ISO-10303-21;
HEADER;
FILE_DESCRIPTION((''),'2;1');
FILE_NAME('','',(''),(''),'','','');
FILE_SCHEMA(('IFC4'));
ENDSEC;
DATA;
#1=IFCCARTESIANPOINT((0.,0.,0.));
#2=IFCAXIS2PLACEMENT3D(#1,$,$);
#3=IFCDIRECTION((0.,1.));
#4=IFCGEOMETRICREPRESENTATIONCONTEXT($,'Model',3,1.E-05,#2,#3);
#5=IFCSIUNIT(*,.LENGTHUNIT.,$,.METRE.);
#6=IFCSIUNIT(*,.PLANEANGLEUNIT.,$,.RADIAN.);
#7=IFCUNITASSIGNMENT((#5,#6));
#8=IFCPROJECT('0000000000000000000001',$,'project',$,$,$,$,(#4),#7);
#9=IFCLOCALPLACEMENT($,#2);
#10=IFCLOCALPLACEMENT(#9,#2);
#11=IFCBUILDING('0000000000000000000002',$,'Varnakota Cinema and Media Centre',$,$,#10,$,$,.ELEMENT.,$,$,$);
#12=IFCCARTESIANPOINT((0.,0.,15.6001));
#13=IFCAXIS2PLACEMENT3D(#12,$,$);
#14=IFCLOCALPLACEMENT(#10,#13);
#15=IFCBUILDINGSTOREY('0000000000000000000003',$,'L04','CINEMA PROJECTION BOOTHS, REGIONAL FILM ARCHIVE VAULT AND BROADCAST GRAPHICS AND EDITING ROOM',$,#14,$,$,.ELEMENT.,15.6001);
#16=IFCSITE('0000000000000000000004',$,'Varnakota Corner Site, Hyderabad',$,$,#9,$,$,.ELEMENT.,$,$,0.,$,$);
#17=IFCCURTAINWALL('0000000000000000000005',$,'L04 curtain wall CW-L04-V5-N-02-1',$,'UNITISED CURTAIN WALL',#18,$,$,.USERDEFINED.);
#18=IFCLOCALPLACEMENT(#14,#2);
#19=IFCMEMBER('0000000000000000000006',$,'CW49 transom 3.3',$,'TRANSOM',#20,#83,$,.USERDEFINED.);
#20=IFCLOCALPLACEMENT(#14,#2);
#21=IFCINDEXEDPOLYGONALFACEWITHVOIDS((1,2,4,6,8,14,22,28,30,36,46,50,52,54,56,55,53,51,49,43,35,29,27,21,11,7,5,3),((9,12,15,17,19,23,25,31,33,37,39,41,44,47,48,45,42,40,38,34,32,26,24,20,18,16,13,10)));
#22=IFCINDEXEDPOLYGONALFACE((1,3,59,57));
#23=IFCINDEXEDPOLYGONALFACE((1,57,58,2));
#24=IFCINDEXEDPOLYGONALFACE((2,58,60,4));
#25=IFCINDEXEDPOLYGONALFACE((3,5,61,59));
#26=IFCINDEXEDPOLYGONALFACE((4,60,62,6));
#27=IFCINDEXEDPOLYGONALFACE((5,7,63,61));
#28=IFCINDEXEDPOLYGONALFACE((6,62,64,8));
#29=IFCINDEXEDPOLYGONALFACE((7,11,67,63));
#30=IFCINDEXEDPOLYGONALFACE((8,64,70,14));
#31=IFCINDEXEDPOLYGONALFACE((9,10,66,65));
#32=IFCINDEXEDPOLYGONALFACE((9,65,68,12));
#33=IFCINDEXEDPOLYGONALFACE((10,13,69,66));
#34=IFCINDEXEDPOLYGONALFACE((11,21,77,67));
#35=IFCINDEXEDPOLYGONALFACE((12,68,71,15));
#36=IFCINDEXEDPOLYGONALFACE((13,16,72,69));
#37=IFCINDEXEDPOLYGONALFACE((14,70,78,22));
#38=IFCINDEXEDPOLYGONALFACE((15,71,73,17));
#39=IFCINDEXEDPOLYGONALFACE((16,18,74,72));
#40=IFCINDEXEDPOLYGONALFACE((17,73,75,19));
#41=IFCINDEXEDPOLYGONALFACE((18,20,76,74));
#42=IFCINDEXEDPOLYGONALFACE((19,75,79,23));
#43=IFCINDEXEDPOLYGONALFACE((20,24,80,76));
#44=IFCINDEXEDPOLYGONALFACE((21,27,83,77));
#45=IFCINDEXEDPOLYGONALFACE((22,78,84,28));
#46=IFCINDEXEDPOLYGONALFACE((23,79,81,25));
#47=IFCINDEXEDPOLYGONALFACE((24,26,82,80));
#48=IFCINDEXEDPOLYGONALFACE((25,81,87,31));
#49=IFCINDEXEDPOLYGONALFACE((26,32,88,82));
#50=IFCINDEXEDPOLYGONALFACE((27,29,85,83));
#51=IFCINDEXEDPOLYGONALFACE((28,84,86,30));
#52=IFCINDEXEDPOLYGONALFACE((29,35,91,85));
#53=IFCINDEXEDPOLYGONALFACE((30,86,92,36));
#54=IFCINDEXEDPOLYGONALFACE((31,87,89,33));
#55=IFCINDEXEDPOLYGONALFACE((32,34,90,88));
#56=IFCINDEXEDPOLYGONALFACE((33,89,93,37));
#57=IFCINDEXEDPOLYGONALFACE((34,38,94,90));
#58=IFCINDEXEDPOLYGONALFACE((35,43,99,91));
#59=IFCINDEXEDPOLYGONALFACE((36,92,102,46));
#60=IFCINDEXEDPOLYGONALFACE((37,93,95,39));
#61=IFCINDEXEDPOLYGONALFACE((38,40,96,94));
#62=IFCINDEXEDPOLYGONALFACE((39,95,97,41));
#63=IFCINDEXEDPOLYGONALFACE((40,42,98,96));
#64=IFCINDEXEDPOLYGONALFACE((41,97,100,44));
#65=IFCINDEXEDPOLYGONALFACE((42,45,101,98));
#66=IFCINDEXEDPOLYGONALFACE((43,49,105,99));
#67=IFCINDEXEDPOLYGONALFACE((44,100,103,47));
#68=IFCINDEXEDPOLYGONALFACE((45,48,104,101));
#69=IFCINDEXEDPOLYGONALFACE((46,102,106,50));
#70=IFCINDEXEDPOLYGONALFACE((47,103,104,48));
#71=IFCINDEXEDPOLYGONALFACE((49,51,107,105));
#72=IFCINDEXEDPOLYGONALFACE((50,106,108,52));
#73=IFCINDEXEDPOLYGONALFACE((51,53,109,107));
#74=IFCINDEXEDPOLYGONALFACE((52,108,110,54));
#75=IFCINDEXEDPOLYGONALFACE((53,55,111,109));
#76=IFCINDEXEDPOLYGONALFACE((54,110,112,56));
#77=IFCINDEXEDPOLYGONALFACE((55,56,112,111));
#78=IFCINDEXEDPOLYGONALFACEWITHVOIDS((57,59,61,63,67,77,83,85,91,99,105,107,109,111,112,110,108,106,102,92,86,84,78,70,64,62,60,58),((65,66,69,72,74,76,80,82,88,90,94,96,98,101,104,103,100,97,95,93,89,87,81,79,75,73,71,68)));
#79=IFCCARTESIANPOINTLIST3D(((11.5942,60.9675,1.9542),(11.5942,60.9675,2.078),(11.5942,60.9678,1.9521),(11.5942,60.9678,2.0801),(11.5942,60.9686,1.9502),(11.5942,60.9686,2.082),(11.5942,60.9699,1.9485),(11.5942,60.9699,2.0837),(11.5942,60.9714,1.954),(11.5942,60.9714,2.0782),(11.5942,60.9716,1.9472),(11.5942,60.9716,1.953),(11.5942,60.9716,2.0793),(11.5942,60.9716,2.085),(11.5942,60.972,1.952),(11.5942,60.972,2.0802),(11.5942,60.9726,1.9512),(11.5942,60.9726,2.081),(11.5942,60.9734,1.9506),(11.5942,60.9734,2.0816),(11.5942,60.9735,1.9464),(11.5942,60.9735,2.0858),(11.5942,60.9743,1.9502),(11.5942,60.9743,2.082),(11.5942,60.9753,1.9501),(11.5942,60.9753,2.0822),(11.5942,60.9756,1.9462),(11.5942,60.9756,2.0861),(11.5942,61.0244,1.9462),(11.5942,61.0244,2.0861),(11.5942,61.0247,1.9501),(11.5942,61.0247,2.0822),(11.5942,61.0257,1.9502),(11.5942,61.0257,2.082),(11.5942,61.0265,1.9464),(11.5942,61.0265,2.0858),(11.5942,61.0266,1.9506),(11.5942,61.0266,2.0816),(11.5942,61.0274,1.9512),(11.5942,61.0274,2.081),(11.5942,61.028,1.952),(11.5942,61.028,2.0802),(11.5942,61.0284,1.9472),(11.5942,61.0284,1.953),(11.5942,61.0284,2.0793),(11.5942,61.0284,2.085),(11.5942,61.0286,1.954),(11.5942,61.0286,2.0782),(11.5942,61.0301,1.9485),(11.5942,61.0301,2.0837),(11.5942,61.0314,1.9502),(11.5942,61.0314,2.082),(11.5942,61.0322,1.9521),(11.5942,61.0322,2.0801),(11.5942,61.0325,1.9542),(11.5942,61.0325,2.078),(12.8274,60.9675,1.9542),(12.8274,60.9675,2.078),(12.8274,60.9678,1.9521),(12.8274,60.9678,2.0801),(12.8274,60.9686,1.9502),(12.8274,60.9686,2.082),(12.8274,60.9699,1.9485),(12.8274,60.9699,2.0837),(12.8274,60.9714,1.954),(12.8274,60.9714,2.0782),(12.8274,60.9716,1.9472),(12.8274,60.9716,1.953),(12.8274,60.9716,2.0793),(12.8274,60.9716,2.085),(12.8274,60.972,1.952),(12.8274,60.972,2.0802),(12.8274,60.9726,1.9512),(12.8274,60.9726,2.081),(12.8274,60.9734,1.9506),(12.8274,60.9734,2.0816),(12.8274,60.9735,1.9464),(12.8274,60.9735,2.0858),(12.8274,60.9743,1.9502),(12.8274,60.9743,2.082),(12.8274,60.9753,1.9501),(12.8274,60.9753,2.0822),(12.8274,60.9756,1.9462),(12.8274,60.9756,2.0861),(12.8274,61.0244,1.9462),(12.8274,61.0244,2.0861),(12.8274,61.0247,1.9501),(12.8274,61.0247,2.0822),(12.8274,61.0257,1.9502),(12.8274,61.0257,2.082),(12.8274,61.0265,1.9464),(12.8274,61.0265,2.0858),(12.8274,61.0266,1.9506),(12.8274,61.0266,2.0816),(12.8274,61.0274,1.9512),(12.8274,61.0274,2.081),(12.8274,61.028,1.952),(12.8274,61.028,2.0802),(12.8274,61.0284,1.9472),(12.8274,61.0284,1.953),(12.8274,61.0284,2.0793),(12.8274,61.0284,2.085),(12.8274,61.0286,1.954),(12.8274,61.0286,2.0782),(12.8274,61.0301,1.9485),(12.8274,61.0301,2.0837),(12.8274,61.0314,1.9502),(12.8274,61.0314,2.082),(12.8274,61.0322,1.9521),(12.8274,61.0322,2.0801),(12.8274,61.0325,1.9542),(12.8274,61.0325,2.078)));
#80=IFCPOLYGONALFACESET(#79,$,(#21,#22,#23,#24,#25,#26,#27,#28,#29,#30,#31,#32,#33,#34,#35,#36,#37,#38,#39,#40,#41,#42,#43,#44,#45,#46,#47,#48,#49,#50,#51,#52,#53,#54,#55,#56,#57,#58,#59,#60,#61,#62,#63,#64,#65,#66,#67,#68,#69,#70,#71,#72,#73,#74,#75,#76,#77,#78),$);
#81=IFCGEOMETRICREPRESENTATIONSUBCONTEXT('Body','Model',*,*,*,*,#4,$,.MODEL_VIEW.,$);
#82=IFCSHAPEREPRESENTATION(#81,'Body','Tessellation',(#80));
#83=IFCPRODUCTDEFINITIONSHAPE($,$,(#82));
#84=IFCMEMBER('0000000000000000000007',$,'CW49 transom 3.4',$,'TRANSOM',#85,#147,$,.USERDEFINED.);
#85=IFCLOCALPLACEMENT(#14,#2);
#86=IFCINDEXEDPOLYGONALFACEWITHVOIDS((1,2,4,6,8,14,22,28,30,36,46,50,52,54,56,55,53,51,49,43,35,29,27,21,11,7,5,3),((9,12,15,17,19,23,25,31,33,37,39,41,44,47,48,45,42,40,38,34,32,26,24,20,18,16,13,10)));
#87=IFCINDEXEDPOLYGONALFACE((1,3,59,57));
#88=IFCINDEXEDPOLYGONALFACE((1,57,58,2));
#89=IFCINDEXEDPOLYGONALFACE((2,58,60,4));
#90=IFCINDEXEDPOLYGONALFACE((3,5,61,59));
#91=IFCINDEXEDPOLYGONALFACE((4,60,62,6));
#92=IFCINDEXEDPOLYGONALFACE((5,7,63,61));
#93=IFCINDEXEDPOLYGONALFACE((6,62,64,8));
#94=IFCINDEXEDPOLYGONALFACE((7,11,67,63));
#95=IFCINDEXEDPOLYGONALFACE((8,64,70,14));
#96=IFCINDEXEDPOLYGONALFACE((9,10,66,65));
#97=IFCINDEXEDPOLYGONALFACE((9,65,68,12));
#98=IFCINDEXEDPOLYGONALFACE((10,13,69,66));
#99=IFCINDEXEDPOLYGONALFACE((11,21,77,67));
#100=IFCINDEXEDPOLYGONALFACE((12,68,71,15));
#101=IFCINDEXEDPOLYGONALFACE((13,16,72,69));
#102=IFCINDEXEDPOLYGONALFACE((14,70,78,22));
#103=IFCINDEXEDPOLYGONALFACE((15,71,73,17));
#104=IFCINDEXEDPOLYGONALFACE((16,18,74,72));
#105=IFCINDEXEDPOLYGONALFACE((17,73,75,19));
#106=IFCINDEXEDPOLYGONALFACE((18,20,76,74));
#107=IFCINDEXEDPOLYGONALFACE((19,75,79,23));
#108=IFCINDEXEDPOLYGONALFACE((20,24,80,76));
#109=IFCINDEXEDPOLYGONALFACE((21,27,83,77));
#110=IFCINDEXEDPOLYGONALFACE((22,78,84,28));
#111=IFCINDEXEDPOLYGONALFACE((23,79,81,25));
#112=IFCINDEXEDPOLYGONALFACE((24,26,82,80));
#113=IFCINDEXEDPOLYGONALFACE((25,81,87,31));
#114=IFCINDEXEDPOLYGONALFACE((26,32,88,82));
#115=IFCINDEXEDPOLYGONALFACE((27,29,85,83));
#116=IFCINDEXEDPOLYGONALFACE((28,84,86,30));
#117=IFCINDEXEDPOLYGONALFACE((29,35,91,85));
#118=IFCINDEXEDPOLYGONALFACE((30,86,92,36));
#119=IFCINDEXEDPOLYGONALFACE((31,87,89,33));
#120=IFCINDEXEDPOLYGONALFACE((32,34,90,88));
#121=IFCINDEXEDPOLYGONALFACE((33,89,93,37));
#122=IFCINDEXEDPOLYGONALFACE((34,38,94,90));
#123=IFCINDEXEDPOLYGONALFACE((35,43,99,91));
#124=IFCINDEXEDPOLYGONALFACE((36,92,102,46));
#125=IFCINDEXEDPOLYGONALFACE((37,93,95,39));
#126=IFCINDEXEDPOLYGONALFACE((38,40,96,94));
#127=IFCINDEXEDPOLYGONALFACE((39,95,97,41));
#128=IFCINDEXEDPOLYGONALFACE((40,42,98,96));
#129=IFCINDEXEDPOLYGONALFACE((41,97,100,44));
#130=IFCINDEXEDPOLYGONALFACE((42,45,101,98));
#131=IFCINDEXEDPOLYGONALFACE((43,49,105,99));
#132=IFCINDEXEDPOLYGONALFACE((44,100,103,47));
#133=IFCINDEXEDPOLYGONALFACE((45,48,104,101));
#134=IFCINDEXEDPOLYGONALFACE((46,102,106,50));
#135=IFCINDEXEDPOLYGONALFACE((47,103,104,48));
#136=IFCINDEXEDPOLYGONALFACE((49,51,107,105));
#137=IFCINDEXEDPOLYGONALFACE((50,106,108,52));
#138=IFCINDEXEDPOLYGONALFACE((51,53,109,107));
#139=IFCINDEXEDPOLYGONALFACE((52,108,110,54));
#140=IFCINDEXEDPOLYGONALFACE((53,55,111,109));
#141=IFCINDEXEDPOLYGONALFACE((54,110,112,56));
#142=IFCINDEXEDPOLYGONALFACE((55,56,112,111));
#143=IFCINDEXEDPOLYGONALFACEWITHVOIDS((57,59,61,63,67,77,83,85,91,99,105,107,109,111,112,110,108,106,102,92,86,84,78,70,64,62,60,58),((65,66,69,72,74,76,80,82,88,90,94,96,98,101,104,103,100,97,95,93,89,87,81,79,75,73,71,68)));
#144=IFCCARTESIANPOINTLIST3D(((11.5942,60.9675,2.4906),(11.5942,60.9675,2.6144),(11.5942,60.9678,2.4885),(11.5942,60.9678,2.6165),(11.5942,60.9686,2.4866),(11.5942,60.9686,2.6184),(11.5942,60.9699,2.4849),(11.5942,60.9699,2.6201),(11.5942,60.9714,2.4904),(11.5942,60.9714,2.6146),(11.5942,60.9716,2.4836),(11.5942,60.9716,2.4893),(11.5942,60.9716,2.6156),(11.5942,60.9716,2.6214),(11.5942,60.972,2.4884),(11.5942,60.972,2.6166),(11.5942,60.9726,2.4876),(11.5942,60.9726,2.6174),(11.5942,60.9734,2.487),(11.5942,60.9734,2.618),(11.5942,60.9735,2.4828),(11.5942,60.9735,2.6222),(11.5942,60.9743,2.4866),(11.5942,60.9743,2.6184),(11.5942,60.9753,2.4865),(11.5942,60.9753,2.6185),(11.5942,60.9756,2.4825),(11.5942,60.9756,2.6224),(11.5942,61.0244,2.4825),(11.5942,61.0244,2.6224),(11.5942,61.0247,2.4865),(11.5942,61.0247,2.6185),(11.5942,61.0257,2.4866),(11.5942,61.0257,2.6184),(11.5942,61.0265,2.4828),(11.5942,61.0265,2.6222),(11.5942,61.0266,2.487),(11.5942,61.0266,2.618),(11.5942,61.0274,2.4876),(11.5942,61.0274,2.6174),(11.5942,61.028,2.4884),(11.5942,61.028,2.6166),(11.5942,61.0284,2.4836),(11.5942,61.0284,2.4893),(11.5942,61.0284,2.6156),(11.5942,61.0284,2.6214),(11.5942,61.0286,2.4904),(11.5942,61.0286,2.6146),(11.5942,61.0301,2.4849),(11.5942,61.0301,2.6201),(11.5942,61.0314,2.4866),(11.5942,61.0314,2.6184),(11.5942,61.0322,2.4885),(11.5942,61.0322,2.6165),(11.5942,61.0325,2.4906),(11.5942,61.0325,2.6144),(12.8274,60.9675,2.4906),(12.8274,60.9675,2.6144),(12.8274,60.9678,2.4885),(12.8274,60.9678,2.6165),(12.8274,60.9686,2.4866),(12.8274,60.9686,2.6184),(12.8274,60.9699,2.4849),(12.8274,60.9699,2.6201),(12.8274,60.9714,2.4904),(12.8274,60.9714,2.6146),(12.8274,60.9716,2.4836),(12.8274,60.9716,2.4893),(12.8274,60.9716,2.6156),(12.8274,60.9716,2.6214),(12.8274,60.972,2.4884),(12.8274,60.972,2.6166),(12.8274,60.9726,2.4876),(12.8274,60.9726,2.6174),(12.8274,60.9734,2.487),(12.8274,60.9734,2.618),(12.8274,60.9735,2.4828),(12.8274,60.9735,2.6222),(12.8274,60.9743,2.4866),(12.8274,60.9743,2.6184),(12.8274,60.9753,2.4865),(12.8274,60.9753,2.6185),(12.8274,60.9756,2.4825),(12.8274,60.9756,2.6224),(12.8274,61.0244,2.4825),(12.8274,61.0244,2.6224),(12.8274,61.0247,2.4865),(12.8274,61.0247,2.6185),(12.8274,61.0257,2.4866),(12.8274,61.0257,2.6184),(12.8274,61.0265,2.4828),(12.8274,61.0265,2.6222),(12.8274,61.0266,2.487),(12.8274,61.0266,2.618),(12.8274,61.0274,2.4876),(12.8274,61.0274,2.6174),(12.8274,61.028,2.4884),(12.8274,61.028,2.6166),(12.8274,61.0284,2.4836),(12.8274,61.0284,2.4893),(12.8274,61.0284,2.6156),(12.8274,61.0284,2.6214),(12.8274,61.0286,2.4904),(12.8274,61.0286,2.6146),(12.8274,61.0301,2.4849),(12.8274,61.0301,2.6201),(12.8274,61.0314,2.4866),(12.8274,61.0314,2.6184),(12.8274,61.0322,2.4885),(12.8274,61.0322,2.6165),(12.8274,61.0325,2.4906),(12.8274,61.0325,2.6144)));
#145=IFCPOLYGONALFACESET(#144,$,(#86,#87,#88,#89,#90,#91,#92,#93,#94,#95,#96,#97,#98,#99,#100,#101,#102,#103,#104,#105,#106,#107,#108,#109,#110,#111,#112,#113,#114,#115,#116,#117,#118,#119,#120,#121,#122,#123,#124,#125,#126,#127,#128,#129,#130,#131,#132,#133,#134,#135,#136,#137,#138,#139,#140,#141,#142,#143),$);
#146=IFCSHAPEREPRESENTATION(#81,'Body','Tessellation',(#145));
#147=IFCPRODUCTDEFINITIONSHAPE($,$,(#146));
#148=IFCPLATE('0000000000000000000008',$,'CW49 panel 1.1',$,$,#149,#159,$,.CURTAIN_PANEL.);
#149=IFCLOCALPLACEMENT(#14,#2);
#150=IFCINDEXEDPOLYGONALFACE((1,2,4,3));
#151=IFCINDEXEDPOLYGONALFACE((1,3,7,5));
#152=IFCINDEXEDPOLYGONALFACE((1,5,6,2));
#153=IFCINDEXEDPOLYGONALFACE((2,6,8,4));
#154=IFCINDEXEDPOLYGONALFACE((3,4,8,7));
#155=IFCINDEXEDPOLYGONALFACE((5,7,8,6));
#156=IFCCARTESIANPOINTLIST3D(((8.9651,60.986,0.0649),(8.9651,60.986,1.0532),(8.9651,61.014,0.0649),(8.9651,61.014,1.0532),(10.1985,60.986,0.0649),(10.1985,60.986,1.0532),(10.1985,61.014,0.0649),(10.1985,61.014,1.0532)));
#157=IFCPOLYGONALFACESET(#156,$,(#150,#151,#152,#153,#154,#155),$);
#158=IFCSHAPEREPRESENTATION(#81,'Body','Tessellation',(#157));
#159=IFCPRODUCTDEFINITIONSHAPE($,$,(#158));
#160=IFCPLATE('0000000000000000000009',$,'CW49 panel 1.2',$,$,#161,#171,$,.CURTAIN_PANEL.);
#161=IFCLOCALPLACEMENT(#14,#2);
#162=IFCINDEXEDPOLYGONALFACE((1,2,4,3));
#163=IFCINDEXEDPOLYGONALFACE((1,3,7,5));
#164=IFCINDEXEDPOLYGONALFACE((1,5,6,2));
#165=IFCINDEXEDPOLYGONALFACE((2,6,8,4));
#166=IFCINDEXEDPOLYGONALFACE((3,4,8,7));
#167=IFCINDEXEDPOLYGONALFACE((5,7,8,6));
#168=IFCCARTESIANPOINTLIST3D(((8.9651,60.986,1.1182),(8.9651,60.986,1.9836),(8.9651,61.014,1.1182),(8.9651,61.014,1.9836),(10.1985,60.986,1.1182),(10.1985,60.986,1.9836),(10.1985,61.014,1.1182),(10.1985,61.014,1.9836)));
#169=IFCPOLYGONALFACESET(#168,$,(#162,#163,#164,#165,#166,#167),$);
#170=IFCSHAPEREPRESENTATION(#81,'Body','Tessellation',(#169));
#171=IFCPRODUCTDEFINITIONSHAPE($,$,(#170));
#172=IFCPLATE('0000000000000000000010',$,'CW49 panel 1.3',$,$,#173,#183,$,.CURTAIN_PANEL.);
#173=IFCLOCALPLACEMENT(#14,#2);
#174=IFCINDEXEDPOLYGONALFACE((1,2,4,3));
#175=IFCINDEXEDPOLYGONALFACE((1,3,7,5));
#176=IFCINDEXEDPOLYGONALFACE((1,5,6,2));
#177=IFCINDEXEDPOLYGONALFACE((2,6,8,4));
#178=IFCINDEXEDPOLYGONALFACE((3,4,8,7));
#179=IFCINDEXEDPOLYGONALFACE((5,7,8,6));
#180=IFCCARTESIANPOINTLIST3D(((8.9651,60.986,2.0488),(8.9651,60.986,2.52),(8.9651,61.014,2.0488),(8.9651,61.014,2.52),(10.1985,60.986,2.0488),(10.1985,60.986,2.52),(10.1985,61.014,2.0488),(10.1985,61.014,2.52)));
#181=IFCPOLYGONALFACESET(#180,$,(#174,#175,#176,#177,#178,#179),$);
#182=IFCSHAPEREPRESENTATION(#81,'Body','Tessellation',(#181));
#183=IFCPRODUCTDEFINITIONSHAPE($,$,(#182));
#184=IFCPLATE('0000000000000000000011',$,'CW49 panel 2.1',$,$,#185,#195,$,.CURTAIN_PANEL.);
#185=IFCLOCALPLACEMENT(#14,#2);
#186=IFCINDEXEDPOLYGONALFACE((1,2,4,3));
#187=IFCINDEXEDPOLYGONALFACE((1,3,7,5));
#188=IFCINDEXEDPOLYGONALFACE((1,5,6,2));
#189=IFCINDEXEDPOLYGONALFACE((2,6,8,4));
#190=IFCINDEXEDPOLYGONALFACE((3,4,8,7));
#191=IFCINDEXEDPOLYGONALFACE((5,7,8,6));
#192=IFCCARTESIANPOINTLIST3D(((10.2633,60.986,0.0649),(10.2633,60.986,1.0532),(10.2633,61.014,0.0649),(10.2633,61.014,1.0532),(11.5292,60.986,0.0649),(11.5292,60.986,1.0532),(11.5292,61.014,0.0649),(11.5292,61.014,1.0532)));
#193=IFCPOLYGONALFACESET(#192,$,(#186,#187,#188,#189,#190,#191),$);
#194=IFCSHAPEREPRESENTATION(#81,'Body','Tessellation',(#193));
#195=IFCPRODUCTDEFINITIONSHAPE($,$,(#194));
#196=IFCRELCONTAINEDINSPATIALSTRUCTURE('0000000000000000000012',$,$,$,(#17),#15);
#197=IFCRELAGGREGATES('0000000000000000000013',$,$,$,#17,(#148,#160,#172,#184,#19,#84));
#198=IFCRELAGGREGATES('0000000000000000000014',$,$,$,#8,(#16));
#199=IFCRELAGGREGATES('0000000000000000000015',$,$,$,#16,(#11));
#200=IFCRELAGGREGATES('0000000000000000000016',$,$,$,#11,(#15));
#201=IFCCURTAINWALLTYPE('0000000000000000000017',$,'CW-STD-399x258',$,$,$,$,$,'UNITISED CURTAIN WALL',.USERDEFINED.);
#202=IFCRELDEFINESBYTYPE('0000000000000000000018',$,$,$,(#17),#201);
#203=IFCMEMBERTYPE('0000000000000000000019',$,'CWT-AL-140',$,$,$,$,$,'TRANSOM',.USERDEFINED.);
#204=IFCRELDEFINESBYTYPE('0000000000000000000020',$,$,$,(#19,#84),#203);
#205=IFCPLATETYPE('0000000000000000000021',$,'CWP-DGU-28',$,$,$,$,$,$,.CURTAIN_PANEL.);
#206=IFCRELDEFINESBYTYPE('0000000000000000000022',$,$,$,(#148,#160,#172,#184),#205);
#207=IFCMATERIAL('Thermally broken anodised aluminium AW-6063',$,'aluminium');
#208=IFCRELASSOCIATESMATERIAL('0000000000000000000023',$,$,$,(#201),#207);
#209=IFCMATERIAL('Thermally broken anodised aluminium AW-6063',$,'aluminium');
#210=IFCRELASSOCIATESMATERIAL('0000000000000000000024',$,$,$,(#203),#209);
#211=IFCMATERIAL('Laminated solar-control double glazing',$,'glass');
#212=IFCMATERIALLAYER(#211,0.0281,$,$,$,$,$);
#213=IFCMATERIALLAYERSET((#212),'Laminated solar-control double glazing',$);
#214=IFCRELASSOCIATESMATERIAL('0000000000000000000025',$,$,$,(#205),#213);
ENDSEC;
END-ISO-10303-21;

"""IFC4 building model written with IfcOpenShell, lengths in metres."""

from ifc_helpers import new_model, si_unit, direction, frame, origin, origin_2d, place, context, subcontext, project, spatial, rectangle, hollow_rectangle, extrude, material, layer, layer_set, material_profile, profile_set, type_object, element, aggregate, save


model = new_model("IFC4")

# Units and contexts
model_context = context("Model", 3, precision=1e-05, world=origin(), true_north=direction((0.0, 1.0)))
body_context = subcontext(model_context, "Body", "Model", "MODEL_VIEW")
ifc_project = project(units=[si_unit("LENGTHUNIT", "METRE"), si_unit("PLANEANGLEUNIT", "RADIAN")], contexts=[model_context])

# Site, building, storey
site_placement = place(None, origin())
site = spatial("IfcSite", under=ifc_project, at=site_placement, Name="Varnakota Corner Site, Hyderabad", CompositionType="ELEMENT", RefElevation=0.0)
building_placement = place(site_placement, origin())
building = spatial("IfcBuilding", under=site, at=building_placement, Name="Varnakota Cinema and Media Centre", CompositionType="ELEMENT")
storey_placement = place(building_placement, frame((0.0, 0.0, 15.6001)))
storey = spatial("IfcBuildingStorey", under=building, at=storey_placement, Name="L04", Description="CINEMA PROJECTION BOOTHS, REGIONAL FILM ARCHIVE VAULT AND BROADCAST GRAPHICS AND EDITING ROOM", CompositionType="ELEMENT", Elevation=15.6001)

# Curtain wall, members, plates
ifc_material_1 = material(Name="Thermally broken anodised aluminium AW-6063", Category="aluminium")
curtain_wall_type = type_object("IfcCurtainWallType", Name="CW-STD-399x258", ElementType="UNITISED CURTAIN WALL", PredefinedType="USERDEFINED", material=ifc_material_1)
curtain_wall_placement = place(storey_placement, origin())
curtain_wall = element("IfcCurtainWall", 1, at=curtain_wall_placement, inside=storey, type_object=curtain_wall_type, Name="L04 curtain wall CW-L04-V5-N-02-1", ObjectType="UNITISED CURTAIN WALL", PredefinedType="USERDEFINED")
ifc_material_2 = material(Name="Thermally broken anodised aluminium AW-6063", Category="aluminium")
ifc_material_profile_1 = material_profile(ifc_material_2, hollow_rectangle(XDim=0.0649, YDim=0.1399, WallThickness=0.0039, InnerFilletRadius=0.0039, OuterFilletRadius=0.0081, at=origin_2d()), Name="AL-TRANSOM 140x65x4")
ifc_profile_set_1 = profile_set([ifc_material_profile_1], Name="Thermally broken anodised aluminium AW-6063")
member_type_1 = type_object("IfcMemberType", Name="CWT-AL-140", ElementType="TRANSOM", PredefinedType="USERDEFINED", material=ifc_profile_set_1)
member_1_placement = place(storey_placement, frame((11.5942, 61.0, 2.0161), z_axis=(1.0, 0.0, 0.0), x_axis=(0.0, 1.0, 0.0)))
member_1 = element("IfcMember", 2, at=member_1_placement, type_object=member_type_1, Name="CW49 transom 3.3", ObjectType="TRANSOM", PredefinedType="USERDEFINED", context=body_context, shape_type="SweptSolid", body=[
    extrude(hollow_rectangle(XDim=0.0649, YDim=0.1399, WallThickness=0.0039, InnerFilletRadius=0.0039, OuterFilletRadius=0.0081, at=origin_2d()), origin(), (0.0, 0.0, 1.0), 1.2332),
])
member_2_placement = place(storey_placement, frame((11.5942, 61.0, 2.5525), z_axis=(1.0, 0.0, 0.0), x_axis=(0.0, 1.0, 0.0)))
member_2 = element("IfcMember", 3, at=member_2_placement, type_object=member_type_1, Name="CW49 transom 3.4", ObjectType="TRANSOM", PredefinedType="USERDEFINED", context=body_context, shape_type="SweptSolid", body=[
    extrude(hollow_rectangle(XDim=0.0649, YDim=0.1399, WallThickness=0.0039, InnerFilletRadius=0.0039, OuterFilletRadius=0.0081, at=origin_2d()), origin(), (0.0, 0.0, 1.0), 1.2332),
])
ifc_material_3 = material(Name="Laminated solar-control double glazing", Category="glass")
ifc_layer_1 = layer(ifc_material_3, 0.0281)
ifc_layer_set_1 = layer_set([ifc_layer_1], Name="Laminated solar-control double glazing")
plate_type = type_object("IfcPlateType", Name="CWP-DGU-28", PredefinedType="CURTAIN_PANEL", material=ifc_layer_set_1)
plate_1_placement = place(storey_placement, frame((9.5818, 61.0, 0.0649), z_axis=(0.0, 0.0, 1.0), x_axis=(1.0, 0.0, 0.0)))
plate_1 = element("IfcPlate", 4, at=plate_1_placement, type_object=plate_type, Name="CW49 panel 1.1", PredefinedType="CURTAIN_PANEL", context=body_context, shape_type="SweptSolid", body=[
    extrude(rectangle(XDim=1.2334, YDim=0.0281, at=origin_2d()), origin(), (0.0, 0.0, 1.0), 0.9883),
])
plate_2_placement = place(storey_placement, frame((9.5818, 61.0, 1.1182), z_axis=(0.0, 0.0, 1.0), x_axis=(1.0, 0.0, 0.0)))
plate_2 = element("IfcPlate", 5, at=plate_2_placement, type_object=plate_type, Name="CW49 panel 1.2", PredefinedType="CURTAIN_PANEL", context=body_context, shape_type="SweptSolid", body=[
    extrude(rectangle(XDim=1.2334, YDim=0.0281, at=origin_2d()), origin(), (0.0, 0.0, 1.0), 0.8655),
])
plate_3_placement = place(storey_placement, frame((9.5818, 61.0, 2.0488), z_axis=(0.0, 0.0, 1.0), x_axis=(1.0, 0.0, 0.0)))
plate_3 = element("IfcPlate", 6, at=plate_3_placement, type_object=plate_type, Name="CW49 panel 1.3", PredefinedType="CURTAIN_PANEL", context=body_context, shape_type="SweptSolid", body=[
    extrude(rectangle(XDim=1.2334, YDim=0.0281, at=origin_2d()), origin(), (0.0, 0.0, 1.0), 0.4712),
])
plate_4_placement = place(storey_placement, frame((10.8962, 61.0, 0.0649), z_axis=(0.0, 0.0, 1.0), x_axis=(1.0, 0.0, 0.0)))
plate_4 = element("IfcPlate", 7, at=plate_4_placement, type_object=plate_type, Name="CW49 panel 2.1", PredefinedType="CURTAIN_PANEL", context=body_context, shape_type="SweptSolid", body=[
    extrude(rectangle(XDim=1.2659, YDim=0.0281, at=origin_2d()), origin(), (0.0, 0.0, 1.0), 0.9883),
])
aggregate(curtain_wall, [plate_1, plate_2, plate_3, plate_4, member_1, member_2])

save(model, "model.ifc")
